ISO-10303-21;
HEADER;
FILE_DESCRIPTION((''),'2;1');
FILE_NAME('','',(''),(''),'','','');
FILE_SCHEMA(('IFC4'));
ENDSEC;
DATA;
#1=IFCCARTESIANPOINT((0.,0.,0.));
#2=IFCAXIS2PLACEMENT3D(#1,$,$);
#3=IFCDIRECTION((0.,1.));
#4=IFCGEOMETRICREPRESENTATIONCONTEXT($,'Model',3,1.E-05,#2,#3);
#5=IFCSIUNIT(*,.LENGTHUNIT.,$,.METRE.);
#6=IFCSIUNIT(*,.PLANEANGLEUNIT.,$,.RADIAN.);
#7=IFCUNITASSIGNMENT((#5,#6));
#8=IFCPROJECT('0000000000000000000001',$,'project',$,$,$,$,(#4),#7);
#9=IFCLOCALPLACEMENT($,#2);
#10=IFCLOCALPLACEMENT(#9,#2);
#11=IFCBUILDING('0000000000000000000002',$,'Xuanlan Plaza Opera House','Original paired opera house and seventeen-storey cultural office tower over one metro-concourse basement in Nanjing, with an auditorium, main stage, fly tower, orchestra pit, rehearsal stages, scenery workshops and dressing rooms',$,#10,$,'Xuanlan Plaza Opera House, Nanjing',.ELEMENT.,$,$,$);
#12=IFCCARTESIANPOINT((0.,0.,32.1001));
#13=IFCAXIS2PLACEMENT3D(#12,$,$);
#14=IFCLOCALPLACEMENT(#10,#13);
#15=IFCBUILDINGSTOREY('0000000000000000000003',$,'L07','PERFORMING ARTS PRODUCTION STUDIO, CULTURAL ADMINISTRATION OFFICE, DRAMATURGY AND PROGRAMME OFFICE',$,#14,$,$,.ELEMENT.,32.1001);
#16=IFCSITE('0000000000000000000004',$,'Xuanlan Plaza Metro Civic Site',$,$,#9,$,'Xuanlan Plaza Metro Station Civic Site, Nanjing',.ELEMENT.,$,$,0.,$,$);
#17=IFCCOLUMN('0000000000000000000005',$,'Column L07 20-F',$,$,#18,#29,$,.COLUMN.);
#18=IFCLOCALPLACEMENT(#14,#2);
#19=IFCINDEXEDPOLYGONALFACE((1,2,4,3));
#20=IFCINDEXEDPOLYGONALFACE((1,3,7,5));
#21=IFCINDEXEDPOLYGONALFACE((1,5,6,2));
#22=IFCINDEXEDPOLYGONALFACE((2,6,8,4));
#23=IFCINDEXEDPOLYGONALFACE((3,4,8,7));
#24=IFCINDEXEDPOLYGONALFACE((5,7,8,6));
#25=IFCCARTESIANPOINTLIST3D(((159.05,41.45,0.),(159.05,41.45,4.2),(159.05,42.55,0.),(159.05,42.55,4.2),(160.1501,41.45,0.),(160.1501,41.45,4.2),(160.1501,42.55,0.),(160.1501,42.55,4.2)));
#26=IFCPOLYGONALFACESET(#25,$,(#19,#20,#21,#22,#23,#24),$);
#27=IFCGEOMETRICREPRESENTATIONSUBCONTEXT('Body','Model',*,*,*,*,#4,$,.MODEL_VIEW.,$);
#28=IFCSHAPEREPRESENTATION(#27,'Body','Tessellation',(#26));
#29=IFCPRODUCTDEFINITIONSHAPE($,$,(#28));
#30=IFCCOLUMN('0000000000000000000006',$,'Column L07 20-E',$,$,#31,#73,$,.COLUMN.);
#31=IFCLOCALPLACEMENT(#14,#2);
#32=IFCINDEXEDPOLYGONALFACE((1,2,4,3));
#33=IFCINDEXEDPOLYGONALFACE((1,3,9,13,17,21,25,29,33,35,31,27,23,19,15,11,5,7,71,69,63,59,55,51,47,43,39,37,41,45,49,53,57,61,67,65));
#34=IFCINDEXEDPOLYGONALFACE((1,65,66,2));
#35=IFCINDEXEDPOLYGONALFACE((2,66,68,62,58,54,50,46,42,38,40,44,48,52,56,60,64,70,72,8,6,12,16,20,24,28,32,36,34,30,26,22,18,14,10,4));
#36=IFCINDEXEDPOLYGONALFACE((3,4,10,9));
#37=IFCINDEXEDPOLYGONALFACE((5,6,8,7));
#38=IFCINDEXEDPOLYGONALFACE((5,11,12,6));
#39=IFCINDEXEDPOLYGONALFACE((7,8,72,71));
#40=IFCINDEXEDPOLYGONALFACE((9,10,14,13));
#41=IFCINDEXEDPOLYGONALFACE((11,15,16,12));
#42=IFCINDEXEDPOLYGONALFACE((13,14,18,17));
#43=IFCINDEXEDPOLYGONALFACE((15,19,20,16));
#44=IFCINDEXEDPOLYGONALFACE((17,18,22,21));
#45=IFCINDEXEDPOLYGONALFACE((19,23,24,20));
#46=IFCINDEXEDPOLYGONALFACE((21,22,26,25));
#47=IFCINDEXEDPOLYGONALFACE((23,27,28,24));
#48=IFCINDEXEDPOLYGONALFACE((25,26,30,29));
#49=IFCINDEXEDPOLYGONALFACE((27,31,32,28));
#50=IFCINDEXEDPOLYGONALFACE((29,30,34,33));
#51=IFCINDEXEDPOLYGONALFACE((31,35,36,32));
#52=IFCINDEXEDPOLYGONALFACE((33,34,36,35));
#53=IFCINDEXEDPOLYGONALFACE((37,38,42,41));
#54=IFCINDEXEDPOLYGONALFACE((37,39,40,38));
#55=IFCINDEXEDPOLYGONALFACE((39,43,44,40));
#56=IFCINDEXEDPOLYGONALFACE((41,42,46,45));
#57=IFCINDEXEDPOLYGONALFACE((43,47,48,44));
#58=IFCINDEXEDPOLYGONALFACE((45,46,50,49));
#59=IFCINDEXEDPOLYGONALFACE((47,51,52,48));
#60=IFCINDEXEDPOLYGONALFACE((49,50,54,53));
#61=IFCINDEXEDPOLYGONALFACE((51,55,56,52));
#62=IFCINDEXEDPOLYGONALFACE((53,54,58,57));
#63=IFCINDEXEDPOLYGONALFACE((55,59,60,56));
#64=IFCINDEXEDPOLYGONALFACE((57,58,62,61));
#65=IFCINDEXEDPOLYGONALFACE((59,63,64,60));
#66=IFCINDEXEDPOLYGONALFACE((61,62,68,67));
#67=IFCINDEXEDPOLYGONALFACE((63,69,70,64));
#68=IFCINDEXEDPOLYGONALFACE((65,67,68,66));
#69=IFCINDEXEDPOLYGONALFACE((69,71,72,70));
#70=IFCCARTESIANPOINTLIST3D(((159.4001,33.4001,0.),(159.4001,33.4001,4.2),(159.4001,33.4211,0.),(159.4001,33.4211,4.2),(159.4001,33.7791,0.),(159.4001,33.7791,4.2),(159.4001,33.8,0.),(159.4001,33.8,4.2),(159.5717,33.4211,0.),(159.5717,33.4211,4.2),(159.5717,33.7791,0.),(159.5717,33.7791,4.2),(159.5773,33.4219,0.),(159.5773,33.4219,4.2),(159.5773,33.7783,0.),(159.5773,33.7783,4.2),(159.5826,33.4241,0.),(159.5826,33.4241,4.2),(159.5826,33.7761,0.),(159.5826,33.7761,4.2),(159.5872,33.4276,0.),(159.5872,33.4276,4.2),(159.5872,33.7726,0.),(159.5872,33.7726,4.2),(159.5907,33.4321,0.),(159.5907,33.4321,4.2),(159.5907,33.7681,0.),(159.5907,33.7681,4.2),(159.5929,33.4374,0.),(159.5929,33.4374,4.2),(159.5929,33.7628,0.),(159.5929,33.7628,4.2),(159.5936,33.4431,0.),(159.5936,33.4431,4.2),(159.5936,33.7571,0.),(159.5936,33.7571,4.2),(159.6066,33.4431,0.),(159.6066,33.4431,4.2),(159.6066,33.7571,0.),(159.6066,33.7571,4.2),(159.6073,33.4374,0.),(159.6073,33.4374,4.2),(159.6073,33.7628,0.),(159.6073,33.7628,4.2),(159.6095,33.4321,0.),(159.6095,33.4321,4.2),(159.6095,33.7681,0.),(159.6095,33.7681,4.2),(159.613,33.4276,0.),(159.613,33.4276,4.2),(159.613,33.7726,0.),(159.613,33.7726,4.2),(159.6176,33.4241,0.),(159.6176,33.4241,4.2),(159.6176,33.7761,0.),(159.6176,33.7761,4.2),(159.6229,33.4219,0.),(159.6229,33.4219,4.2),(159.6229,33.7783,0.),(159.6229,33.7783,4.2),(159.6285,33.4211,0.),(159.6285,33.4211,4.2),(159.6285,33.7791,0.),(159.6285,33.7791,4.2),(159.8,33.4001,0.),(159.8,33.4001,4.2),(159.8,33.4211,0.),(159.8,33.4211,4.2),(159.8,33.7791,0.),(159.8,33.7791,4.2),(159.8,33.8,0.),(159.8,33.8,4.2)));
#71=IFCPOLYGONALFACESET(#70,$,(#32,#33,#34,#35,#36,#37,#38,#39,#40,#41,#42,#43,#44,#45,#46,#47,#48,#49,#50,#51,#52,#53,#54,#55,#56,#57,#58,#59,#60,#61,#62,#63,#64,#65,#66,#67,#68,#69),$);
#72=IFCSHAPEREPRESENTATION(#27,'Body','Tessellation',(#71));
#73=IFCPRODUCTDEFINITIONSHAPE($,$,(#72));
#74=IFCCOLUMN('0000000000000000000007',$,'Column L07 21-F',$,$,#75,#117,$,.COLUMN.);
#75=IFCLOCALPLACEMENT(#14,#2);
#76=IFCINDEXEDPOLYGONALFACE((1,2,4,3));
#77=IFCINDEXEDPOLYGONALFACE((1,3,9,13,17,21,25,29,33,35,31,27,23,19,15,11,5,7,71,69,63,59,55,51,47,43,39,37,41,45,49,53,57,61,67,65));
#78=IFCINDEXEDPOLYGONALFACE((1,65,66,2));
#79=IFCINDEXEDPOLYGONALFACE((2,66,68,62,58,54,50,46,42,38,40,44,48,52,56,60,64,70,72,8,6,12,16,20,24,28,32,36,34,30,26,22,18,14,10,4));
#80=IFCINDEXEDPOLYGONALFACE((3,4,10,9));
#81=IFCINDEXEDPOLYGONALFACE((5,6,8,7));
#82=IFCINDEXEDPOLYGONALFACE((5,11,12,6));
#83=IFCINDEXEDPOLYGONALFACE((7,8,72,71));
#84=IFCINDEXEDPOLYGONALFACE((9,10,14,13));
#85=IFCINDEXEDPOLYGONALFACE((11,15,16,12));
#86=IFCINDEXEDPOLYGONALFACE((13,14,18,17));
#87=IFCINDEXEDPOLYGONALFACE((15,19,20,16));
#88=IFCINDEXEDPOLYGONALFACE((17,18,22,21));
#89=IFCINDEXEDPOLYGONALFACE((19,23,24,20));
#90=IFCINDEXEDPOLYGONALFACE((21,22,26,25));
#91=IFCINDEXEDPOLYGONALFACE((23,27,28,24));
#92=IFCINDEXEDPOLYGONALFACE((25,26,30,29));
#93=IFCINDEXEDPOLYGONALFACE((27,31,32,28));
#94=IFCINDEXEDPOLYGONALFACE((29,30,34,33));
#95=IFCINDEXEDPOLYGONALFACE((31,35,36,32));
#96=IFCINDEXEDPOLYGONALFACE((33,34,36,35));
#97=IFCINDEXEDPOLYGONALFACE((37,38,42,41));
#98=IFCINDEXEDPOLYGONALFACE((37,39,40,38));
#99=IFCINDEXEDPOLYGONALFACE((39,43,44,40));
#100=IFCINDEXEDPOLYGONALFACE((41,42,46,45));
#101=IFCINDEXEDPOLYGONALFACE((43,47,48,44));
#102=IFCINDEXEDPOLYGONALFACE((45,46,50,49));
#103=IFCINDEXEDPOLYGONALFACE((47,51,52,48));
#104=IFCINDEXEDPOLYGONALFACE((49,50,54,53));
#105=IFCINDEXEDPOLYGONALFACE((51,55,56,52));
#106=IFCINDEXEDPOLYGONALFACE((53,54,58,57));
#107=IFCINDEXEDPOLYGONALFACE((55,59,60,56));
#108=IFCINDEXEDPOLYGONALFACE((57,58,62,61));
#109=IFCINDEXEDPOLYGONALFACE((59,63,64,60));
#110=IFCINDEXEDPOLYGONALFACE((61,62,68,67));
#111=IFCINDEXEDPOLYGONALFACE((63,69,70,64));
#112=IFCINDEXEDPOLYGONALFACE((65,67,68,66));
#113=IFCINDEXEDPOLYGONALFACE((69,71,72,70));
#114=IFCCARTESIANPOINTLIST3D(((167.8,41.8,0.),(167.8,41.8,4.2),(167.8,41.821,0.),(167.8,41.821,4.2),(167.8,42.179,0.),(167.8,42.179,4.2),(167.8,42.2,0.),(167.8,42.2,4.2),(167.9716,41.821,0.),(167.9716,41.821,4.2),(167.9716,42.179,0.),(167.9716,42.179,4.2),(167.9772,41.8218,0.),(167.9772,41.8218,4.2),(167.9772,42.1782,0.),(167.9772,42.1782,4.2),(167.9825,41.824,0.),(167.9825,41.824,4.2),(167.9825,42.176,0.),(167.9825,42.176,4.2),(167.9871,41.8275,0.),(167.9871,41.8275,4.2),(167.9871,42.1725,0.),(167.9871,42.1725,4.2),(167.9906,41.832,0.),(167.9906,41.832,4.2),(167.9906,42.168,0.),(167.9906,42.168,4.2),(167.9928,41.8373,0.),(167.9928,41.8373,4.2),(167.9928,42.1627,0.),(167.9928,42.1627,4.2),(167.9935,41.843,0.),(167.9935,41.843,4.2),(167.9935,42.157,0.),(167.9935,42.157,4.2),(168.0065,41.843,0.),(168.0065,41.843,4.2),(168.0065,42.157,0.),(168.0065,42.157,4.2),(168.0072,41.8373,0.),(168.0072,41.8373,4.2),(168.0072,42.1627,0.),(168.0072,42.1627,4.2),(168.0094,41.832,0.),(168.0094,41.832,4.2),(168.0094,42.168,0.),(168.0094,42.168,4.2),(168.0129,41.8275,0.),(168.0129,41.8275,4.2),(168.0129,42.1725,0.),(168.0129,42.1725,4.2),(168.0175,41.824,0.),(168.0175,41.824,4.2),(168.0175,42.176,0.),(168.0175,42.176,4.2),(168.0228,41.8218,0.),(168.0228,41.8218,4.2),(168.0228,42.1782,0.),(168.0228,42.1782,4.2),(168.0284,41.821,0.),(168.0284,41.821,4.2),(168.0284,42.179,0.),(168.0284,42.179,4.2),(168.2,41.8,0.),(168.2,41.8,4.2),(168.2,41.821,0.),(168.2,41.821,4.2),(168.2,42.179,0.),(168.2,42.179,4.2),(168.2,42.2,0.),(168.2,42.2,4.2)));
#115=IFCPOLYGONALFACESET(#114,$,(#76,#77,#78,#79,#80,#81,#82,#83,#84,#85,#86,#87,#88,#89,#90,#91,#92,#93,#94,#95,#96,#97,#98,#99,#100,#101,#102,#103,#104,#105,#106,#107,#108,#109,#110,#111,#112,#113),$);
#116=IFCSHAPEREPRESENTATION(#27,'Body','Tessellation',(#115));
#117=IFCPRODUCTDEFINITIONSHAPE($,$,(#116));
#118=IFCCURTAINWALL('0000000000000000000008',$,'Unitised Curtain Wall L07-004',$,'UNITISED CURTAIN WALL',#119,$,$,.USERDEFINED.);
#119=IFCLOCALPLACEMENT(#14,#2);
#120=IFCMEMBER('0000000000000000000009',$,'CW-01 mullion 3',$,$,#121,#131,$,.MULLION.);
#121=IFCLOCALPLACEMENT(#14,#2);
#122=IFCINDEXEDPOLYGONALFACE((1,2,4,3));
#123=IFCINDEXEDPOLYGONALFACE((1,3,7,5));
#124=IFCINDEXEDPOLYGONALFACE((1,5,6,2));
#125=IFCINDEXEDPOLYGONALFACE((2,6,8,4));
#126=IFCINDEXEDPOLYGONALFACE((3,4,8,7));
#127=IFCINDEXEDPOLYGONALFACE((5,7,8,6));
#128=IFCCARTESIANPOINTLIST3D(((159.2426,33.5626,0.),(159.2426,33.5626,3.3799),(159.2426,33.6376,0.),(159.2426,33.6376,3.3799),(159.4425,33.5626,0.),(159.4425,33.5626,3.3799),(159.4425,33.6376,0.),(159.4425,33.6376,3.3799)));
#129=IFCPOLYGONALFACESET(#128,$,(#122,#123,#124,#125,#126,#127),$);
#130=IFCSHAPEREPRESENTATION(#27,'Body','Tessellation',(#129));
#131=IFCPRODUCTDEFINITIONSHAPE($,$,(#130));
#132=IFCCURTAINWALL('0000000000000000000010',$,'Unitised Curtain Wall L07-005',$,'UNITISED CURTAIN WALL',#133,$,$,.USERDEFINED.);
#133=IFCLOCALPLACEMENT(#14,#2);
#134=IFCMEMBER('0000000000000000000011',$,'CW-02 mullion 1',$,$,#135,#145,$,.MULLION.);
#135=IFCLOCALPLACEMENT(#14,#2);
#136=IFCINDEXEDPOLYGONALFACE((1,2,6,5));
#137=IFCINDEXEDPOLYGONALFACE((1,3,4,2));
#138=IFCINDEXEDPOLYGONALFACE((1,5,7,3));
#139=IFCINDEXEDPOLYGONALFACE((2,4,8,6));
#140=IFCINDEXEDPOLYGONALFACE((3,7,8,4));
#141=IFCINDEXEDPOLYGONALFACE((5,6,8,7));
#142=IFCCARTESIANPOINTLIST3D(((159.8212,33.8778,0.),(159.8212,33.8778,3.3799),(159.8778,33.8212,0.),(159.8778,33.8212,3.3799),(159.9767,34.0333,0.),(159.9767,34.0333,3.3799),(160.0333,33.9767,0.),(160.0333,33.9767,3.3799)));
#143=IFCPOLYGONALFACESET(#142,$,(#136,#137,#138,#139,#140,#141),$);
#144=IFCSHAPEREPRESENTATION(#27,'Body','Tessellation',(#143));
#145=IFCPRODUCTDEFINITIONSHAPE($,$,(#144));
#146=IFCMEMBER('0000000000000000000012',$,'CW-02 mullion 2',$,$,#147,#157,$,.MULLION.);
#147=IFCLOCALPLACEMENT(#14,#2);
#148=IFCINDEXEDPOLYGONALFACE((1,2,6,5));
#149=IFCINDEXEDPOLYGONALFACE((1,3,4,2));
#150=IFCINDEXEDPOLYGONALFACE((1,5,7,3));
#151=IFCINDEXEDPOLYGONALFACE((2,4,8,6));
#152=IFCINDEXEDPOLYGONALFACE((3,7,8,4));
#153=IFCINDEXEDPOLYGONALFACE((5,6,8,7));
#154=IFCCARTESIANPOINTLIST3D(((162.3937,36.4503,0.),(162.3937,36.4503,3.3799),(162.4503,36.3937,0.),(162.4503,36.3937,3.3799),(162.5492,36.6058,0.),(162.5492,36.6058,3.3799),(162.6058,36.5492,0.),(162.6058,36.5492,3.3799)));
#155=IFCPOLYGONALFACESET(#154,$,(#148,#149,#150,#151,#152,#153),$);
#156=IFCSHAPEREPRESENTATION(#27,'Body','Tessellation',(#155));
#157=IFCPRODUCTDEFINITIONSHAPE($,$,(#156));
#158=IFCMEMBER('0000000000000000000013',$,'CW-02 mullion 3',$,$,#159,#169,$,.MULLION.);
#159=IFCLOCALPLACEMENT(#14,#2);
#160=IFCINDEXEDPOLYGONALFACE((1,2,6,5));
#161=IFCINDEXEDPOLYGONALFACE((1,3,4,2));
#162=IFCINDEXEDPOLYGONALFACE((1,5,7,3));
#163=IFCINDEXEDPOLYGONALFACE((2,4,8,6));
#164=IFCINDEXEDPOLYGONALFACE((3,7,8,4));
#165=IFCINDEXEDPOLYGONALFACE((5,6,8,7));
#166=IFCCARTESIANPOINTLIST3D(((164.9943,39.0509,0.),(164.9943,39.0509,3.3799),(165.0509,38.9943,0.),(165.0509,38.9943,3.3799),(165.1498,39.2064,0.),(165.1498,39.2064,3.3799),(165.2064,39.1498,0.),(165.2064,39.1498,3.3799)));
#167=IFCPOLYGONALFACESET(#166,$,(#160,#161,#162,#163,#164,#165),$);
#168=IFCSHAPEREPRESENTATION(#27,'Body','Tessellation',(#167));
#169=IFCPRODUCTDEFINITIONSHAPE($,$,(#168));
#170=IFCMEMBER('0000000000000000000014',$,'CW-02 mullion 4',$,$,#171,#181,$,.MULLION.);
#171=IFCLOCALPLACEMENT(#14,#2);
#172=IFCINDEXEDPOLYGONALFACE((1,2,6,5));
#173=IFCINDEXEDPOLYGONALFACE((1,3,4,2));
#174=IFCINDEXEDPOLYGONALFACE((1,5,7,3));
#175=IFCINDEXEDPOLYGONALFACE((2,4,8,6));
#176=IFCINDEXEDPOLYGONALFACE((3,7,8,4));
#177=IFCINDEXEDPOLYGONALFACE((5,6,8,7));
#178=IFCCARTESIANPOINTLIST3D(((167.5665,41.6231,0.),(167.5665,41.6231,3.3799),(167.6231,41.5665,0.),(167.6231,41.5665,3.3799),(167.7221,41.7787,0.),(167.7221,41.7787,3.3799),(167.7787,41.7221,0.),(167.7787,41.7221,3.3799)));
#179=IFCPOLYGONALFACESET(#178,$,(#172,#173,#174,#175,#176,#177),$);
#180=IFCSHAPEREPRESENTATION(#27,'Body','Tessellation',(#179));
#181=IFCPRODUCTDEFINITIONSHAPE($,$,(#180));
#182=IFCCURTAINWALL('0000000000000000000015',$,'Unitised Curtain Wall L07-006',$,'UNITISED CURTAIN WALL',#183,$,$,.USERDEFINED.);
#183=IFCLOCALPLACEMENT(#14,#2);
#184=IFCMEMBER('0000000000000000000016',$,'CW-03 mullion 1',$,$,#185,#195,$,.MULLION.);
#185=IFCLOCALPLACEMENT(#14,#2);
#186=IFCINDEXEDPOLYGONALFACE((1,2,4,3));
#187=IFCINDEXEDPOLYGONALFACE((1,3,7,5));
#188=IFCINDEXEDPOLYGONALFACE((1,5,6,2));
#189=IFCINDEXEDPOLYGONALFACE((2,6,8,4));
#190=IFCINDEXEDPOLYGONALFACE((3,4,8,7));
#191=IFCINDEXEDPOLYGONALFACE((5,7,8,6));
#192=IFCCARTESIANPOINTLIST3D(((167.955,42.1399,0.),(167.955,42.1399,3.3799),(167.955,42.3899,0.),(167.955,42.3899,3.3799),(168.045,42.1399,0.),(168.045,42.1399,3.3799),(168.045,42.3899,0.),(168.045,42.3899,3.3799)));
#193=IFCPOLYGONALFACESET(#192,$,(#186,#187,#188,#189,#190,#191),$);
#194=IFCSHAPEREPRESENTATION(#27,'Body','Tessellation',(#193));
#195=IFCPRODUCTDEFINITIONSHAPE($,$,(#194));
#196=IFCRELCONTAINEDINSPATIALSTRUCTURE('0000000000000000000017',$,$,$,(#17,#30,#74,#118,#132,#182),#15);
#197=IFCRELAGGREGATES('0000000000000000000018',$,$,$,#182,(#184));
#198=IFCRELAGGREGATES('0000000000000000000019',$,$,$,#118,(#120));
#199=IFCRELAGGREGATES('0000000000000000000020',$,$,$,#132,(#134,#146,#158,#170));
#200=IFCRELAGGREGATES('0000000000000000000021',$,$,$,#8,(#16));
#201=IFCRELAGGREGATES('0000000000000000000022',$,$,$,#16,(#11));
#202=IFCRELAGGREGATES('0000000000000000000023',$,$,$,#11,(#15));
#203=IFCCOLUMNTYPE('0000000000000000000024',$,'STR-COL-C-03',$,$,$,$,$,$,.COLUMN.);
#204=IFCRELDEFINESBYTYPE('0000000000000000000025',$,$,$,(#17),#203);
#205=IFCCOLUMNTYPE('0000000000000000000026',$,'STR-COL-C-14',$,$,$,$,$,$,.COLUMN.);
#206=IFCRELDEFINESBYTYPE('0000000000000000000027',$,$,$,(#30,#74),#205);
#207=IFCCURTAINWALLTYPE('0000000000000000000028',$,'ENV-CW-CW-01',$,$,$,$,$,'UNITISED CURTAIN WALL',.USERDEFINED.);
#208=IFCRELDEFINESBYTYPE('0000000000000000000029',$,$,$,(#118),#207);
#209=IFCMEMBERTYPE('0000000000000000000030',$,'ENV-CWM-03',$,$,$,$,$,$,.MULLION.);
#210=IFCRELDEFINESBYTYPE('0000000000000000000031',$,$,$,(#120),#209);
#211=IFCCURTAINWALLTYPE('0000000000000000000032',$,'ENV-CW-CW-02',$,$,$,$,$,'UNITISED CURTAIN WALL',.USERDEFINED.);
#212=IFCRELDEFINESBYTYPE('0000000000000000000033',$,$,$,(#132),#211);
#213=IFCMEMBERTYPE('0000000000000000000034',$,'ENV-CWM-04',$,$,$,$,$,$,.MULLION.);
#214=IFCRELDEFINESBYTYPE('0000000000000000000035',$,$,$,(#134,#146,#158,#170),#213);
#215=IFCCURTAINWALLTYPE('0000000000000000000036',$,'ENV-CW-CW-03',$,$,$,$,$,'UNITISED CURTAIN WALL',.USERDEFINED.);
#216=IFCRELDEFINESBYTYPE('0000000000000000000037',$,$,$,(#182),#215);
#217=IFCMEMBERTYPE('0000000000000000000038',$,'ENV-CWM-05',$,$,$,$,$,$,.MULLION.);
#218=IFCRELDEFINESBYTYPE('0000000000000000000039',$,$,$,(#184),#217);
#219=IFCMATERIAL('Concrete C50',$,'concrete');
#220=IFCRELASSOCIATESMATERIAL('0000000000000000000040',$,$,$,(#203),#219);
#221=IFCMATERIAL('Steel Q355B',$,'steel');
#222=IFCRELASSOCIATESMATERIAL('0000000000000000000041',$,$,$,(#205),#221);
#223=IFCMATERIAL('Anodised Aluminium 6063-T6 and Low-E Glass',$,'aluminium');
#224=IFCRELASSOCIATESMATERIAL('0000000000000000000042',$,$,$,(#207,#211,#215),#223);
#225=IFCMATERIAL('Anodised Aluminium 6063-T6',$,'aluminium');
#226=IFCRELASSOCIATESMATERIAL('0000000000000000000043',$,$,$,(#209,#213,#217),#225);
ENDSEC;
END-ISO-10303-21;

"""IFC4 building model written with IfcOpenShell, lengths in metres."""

from ifc_helpers import new_model, si_unit, direction, frame, origin, origin_2d, place, context, subcontext, project, spatial, rectangle, i_section, extrude, material, material_profile, profile_set, type_object, element, aggregate, save


model = new_model("IFC4")

# Units and contexts
model_context = context("Model", 3, precision=1e-05, world=origin(), true_north=direction((0.0, 1.0)))
body_context = subcontext(model_context, "Body", "Model", "MODEL_VIEW")
ifc_project = project(units=[si_unit("LENGTHUNIT", "METRE"), si_unit("PLANEANGLEUNIT", "RADIAN")], contexts=[model_context])

# Site, building, storey
site_placement = place(None, origin())
site = spatial("IfcSite", under=ifc_project, at=site_placement, Name="Xuanlan Plaza Metro Civic Site", LongName="Xuanlan Plaza Metro Station Civic Site, Nanjing", CompositionType="ELEMENT", RefElevation=0.0)
building_placement = place(site_placement, origin())
building = spatial("IfcBuilding", under=site, at=building_placement, Name="Xuanlan Plaza Opera House", Description="Original paired opera house and seventeen-storey cultural office tower over one metro-concourse basement in Nanjing, with an auditorium, main stage, fly tower, orchestra pit, rehearsal stages, scenery workshops and dressing rooms", LongName="Xuanlan Plaza Opera House, Nanjing", CompositionType="ELEMENT")
storey_placement = place(building_placement, frame((0.0, 0.0, 32.1001)))
storey = spatial("IfcBuildingStorey", under=building, at=storey_placement, Name="L07", Description="PERFORMING ARTS PRODUCTION STUDIO, CULTURAL ADMINISTRATION OFFICE, DRAMATURGY AND PROGRAMME OFFICE", CompositionType="ELEMENT", Elevation=32.1001)

# Columns
ifc_material_1 = material(Name="Concrete C50", Category="concrete")
ifc_material_profile_1 = material_profile(ifc_material_1, rectangle(XDim=1.1001, YDim=1.1001, at=origin_2d()), Name="RC-COL 1100x1100")
ifc_profile_set_1 = profile_set([ifc_material_profile_1], Name="Concrete C50")
column_type_1 = type_object("IfcColumnType", Name="STR-COL-C-03", PredefinedType="COLUMN", material=ifc_profile_set_1)
column_placement = place(storey_placement, frame((159.6001, 42.0, 0.0), z_axis=(0.0, 0.0, 1.0), x_axis=(1.0, 0.0, 0.0)))
element("IfcColumn", 1, at=column_placement, inside=storey, type_object=column_type_1, Name="Column L07 20-F", PredefinedType="COLUMN", context=body_context, shape_type="SweptSolid", body=[
    extrude(rectangle(XDim=1.1001, YDim=1.1001, at=origin_2d()), origin(), (0.0, 0.0, 1.0), 4.2),
])
ifc_material_2 = material(Name="Steel Q355B", Category="steel")
ifc_material_profile_2 = material_profile(ifc_material_2, i_section(OverallWidth=0.3999, OverallDepth=0.3999, WebThickness=0.0129, FlangeThickness=0.021, FilletRadius=0.022, at=origin_2d()), Name="HW 400x400x13x21")
ifc_profile_set_2 = profile_set([ifc_material_profile_2], Name="Steel Q355B")
column_type_2 = type_object("IfcColumnType", Name="STR-COL-C-14", PredefinedType="COLUMN", material=ifc_profile_set_2)
for number, where, z_axis, x_axis, name in (
    (2, (159.6001, 33.6001, 0.0), (0.0, 0.0, 1.0), (1.0, 0.0, 0.0), "Column L07 20-E"),
    (3, (168.0, 42.0, 0.0), (0.0, 0.0, 1.0), (1.0, 0.0, 0.0), "Column L07 21-F"),
):
    element("IfcColumn", number, at=place(storey_placement, frame(where, z_axis=z_axis, x_axis=x_axis)), inside=storey, type_object=column_type_2, Name=name, PredefinedType="COLUMN", context=body_context, shape_type="SweptSolid", body=[
        extrude(i_section(OverallWidth=0.3999, OverallDepth=0.3999, WebThickness=0.0129, FlangeThickness=0.021, FilletRadius=0.022, at=origin_2d()), origin(), (0.0, 0.0, 1.0), 4.2),
    ])

# Curtain wall, member
ifc_material_3 = material(Name="Anodised Aluminium 6063-T6 and Low-E Glass", Category="aluminium")
curtain_wall_type_1 = type_object("IfcCurtainWallType", Name="ENV-CW-CW-01", ElementType="UNITISED CURTAIN WALL", PredefinedType="USERDEFINED", material=ifc_material_3)
curtain_wall_1_placement = place(storey_placement, origin())
curtain_wall_1 = element("IfcCurtainWall", 4, at=curtain_wall_1_placement, inside=storey, type_object=curtain_wall_type_1, Name="Unitised Curtain Wall L07-004", ObjectType="UNITISED CURTAIN WALL", PredefinedType="USERDEFINED")
ifc_material_4 = material(Name="Anodised Aluminium 6063-T6", Category="aluminium")
ifc_material_profile_3 = material_profile(ifc_material_4, rectangle(XDim=0.075, YDim=0.2, at=origin_2d()), Name="ALU-M 75x200")
ifc_profile_set_3 = profile_set([ifc_material_profile_3], Name="Anodised Aluminium 6063-T6")
member_type_1 = type_object("IfcMemberType", Name="ENV-CWM-03", PredefinedType="MULLION", material=ifc_profile_set_3)
member_1_placement = place(storey_placement, frame((159.3425, 33.6001, 0.0), z_axis=(0.0, 0.0, 1.0), x_axis=(0.0, 1.0, 0.0)))
member_1 = element("IfcMember", 5, at=member_1_placement, type_object=member_type_1, Name="CW-01 mullion 3", PredefinedType="MULLION", context=body_context, shape_type="SweptSolid", body=[
    extrude(rectangle(XDim=0.075, YDim=0.2, at=origin_2d()), origin(), (0.0, 0.0, 1.0), 3.3799),
])

# Curtain wall, members
curtain_wall_type_2 = type_object("IfcCurtainWallType", Name="ENV-CW-CW-02", ElementType="UNITISED CURTAIN WALL", PredefinedType="USERDEFINED", material=ifc_material_3)
curtain_wall_2_placement = place(storey_placement, origin())
curtain_wall_2 = element("IfcCurtainWall", 6, at=curtain_wall_2_placement, inside=storey, type_object=curtain_wall_type_2, Name="Unitised Curtain Wall L07-005", ObjectType="UNITISED CURTAIN WALL", PredefinedType="USERDEFINED")
ifc_material_profile_4 = material_profile(ifc_material_4, rectangle(XDim=0.0801, YDim=0.22, at=origin_2d()), Name="ALU-M 80x220")
ifc_profile_set_4 = profile_set([ifc_material_profile_4], Name="Anodised Aluminium 6063-T6")
member_type_2 = type_object("IfcMemberType", Name="ENV-CWM-04", PredefinedType="MULLION", material=ifc_profile_set_4)
member_2_placement = place(storey_placement, frame((159.9272, 33.9272, 0.0), z_axis=(0.0, 0.0, 1.0), x_axis=(-0.707107, 0.707107, 0.0)))
member_2 = element("IfcMember", 7, at=member_2_placement, type_object=member_type_2, Name="CW-02 mullion 1", PredefinedType="MULLION", context=body_context, shape_type="SweptSolid", body=[
    extrude(rectangle(XDim=0.0801, YDim=0.22, at=origin_2d()), origin(), (0.0, 0.0, 1.0), 3.3799),
])
member_3_placement = place(storey_placement, frame((162.4998, 36.4998, 0.0), z_axis=(0.0, 0.0, 1.0), x_axis=(-0.707107, 0.707107, 0.0)))
member_3 = element("IfcMember", 8, at=member_3_placement, type_object=member_type_2, Name="CW-02 mullion 2", PredefinedType="MULLION", context=body_context, shape_type="SweptSolid", body=[
    extrude(rectangle(XDim=0.0801, YDim=0.22, at=origin_2d()), origin(), (0.0, 0.0, 1.0), 3.3799),
])
member_4_placement = place(storey_placement, frame((165.1003, 39.1003, 0.0), z_axis=(0.0, 0.0, 1.0), x_axis=(-0.707107, 0.707107, 0.0)))
member_4 = element("IfcMember", 9, at=member_4_placement, type_object=member_type_2, Name="CW-02 mullion 3", PredefinedType="MULLION", context=body_context, shape_type="SweptSolid", body=[
    extrude(rectangle(XDim=0.0801, YDim=0.22, at=origin_2d()), origin(), (0.0, 0.0, 1.0), 3.3799),
])
member_5_placement = place(storey_placement, frame((167.6726, 41.6726, 0.0), z_axis=(0.0, 0.0, 1.0), x_axis=(-0.707107, 0.707107, 0.0)))
member_5 = element("IfcMember", 10, at=member_5_placement, type_object=member_type_2, Name="CW-02 mullion 4", PredefinedType="MULLION", context=body_context, shape_type="SweptSolid", body=[
    extrude(rectangle(XDim=0.0801, YDim=0.22, at=origin_2d()), origin(), (0.0, 0.0, 1.0), 3.3799),
])

# Curtain wall, member
curtain_wall_type_3 = type_object("IfcCurtainWallType", Name="ENV-CW-CW-03", ElementType="UNITISED CURTAIN WALL", PredefinedType="USERDEFINED", material=ifc_material_3)
curtain_wall_3_placement = place(storey_placement, origin())
curtain_wall_3 = element("IfcCurtainWall", 11, at=curtain_wall_3_placement, inside=storey, type_object=curtain_wall_type_3, Name="Unitised Curtain Wall L07-006", ObjectType="UNITISED CURTAIN WALL", PredefinedType="USERDEFINED")
ifc_material_profile_5 = material_profile(ifc_material_4, rectangle(XDim=0.0901, YDim=0.25, at=origin_2d()), Name="ALU-M 90x250")
ifc_profile_set_5 = profile_set([ifc_material_profile_5], Name="Anodised Aluminium 6063-T6")
member_type_3 = type_object("IfcMemberType", Name="ENV-CWM-05", PredefinedType="MULLION", material=ifc_profile_set_5)
member_6_placement = place(storey_placement, frame((168.0, 42.2649, 0.0), z_axis=(0.0, 0.0, 1.0), x_axis=(-1.0, 0.0, 0.0)))
member_6 = element("IfcMember", 12, at=member_6_placement, type_object=member_type_3, Name="CW-03 mullion 1", PredefinedType="MULLION", context=body_context, shape_type="SweptSolid", body=[
    extrude(rectangle(XDim=0.0901, YDim=0.25, at=origin_2d()), origin(), (0.0, 0.0, 1.0), 3.3799),
])
aggregate(curtain_wall_3, [member_6])

aggregate(curtain_wall_1, [member_1])
aggregate(curtain_wall_2, [member_2, member_3, member_4, member_5])

save(model, "model.ifc")
